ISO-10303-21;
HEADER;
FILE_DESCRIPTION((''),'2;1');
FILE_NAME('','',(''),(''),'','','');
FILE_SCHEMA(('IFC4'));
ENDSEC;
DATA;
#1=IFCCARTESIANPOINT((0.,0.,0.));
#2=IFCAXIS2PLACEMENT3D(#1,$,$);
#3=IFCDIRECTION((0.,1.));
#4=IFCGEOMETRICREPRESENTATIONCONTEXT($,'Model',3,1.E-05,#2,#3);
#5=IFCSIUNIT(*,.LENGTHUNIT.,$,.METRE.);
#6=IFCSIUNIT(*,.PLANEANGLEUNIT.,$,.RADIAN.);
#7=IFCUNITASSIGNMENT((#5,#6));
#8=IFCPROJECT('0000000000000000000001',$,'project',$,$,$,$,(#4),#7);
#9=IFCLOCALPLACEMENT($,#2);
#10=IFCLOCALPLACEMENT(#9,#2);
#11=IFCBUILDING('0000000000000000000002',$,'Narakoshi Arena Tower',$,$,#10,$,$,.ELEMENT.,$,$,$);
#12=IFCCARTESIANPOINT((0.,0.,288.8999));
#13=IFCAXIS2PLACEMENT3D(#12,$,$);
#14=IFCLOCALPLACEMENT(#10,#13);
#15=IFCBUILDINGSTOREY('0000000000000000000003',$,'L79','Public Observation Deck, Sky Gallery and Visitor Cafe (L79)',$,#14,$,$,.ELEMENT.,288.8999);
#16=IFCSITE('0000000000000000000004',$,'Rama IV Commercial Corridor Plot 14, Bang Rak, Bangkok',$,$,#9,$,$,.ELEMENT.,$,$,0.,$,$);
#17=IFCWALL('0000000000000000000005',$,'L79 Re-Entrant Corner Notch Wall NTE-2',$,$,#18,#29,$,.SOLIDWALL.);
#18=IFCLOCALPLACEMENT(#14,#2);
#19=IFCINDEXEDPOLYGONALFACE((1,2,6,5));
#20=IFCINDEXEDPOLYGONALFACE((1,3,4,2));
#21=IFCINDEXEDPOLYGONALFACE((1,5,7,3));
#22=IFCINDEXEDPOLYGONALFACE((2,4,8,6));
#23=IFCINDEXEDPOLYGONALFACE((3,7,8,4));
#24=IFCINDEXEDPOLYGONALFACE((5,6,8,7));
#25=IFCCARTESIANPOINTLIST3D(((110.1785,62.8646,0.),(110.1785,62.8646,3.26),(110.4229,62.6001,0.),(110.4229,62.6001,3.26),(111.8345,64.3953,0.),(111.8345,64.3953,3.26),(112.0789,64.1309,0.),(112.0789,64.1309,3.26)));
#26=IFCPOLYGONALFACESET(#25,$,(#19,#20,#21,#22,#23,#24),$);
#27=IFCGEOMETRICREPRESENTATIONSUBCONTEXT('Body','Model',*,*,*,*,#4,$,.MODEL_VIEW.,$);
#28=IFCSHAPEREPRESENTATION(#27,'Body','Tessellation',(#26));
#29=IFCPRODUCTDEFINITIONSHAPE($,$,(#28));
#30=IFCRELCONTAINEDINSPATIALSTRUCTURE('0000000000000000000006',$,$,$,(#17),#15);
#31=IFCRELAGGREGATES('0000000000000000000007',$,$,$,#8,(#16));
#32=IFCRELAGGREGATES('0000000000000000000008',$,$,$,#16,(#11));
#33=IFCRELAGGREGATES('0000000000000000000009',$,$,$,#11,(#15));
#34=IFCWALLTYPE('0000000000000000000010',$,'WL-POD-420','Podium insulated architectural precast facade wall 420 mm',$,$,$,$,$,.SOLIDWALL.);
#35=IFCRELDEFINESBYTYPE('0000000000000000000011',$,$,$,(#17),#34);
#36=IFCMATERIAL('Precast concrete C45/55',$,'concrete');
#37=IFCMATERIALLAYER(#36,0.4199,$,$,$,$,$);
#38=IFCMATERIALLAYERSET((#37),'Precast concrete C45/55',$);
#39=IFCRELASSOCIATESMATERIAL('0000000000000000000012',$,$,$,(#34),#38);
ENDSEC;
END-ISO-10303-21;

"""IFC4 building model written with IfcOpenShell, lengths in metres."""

from ifc_helpers import new_model, si_unit, direction, frame, frame_2d, origin, place, context, subcontext, project, spatial, rectangle, extrude, material, layer, layer_set, type_object, element, save


model = new_model("IFC4")

# Units and contexts
model_context = context("Model", 3, precision=1e-05, world=origin(), true_north=direction((0.0, 1.0)))
body_context = subcontext(model_context, "Body", "Model", "MODEL_VIEW")
ifc_project = project(units=[si_unit("LENGTHUNIT", "METRE"), si_unit("PLANEANGLEUNIT", "RADIAN")], contexts=[model_context])

# Site, building, storey
site_placement = place(None, origin())
site = spatial("IfcSite", under=ifc_project, at=site_placement, Name="Rama IV Commercial Corridor Plot 14, Bang Rak, Bangkok", CompositionType="ELEMENT", RefElevation=0.0)
building_placement = place(site_placement, origin())
building = spatial("IfcBuilding", under=site, at=building_placement, Name="Narakoshi Arena Tower", CompositionType="ELEMENT")
storey_placement = place(building_placement, frame((0.0, 0.0, 288.8999)))
storey = spatial("IfcBuildingStorey", under=building, at=storey_placement, Name="L79", Description="Public Observation Deck, Sky Gallery and Visitor Cafe (L79)", CompositionType="ELEMENT", Elevation=288.8999)

# Shared definitions
ifc_material_1 = material(Name="Precast concrete C45/55", Category="concrete")

# Shared definitions
ifc_layer_1 = layer(ifc_material_1, 0.4199)
ifc_layer_set_1 = layer_set([ifc_layer_1], Name="Precast concrete C45/55")
wall_type_1 = type_object("IfcWallType", Name="WL-POD-420", Description="Podium insulated architectural precast facade wall 420 mm", PredefinedType="SOLIDWALL", material=ifc_layer_set_1)

# Wall
wall_1_placement = place(storey_placement, frame((110.3008, 62.7324, 0.0), z_axis=(0.0, 0.0, 1.0), x_axis=(0.73433, 0.678793, 0.0)))
element("IfcWall", 1, at=wall_1_placement, inside=storey, type_object=wall_type_1, Name="L79 Re-Entrant Corner Notch Wall NTE-2", PredefinedType="SOLIDWALL", context=body_context, shape_type="SweptSolid", body=[
    extrude(rectangle(XDim=2.2551, YDim=0.3601, at=frame_2d((1.1274, 0.0))), origin(), (0.0, 0.0, 1.0), 3.26),
])

save(model, "model.ifc")
